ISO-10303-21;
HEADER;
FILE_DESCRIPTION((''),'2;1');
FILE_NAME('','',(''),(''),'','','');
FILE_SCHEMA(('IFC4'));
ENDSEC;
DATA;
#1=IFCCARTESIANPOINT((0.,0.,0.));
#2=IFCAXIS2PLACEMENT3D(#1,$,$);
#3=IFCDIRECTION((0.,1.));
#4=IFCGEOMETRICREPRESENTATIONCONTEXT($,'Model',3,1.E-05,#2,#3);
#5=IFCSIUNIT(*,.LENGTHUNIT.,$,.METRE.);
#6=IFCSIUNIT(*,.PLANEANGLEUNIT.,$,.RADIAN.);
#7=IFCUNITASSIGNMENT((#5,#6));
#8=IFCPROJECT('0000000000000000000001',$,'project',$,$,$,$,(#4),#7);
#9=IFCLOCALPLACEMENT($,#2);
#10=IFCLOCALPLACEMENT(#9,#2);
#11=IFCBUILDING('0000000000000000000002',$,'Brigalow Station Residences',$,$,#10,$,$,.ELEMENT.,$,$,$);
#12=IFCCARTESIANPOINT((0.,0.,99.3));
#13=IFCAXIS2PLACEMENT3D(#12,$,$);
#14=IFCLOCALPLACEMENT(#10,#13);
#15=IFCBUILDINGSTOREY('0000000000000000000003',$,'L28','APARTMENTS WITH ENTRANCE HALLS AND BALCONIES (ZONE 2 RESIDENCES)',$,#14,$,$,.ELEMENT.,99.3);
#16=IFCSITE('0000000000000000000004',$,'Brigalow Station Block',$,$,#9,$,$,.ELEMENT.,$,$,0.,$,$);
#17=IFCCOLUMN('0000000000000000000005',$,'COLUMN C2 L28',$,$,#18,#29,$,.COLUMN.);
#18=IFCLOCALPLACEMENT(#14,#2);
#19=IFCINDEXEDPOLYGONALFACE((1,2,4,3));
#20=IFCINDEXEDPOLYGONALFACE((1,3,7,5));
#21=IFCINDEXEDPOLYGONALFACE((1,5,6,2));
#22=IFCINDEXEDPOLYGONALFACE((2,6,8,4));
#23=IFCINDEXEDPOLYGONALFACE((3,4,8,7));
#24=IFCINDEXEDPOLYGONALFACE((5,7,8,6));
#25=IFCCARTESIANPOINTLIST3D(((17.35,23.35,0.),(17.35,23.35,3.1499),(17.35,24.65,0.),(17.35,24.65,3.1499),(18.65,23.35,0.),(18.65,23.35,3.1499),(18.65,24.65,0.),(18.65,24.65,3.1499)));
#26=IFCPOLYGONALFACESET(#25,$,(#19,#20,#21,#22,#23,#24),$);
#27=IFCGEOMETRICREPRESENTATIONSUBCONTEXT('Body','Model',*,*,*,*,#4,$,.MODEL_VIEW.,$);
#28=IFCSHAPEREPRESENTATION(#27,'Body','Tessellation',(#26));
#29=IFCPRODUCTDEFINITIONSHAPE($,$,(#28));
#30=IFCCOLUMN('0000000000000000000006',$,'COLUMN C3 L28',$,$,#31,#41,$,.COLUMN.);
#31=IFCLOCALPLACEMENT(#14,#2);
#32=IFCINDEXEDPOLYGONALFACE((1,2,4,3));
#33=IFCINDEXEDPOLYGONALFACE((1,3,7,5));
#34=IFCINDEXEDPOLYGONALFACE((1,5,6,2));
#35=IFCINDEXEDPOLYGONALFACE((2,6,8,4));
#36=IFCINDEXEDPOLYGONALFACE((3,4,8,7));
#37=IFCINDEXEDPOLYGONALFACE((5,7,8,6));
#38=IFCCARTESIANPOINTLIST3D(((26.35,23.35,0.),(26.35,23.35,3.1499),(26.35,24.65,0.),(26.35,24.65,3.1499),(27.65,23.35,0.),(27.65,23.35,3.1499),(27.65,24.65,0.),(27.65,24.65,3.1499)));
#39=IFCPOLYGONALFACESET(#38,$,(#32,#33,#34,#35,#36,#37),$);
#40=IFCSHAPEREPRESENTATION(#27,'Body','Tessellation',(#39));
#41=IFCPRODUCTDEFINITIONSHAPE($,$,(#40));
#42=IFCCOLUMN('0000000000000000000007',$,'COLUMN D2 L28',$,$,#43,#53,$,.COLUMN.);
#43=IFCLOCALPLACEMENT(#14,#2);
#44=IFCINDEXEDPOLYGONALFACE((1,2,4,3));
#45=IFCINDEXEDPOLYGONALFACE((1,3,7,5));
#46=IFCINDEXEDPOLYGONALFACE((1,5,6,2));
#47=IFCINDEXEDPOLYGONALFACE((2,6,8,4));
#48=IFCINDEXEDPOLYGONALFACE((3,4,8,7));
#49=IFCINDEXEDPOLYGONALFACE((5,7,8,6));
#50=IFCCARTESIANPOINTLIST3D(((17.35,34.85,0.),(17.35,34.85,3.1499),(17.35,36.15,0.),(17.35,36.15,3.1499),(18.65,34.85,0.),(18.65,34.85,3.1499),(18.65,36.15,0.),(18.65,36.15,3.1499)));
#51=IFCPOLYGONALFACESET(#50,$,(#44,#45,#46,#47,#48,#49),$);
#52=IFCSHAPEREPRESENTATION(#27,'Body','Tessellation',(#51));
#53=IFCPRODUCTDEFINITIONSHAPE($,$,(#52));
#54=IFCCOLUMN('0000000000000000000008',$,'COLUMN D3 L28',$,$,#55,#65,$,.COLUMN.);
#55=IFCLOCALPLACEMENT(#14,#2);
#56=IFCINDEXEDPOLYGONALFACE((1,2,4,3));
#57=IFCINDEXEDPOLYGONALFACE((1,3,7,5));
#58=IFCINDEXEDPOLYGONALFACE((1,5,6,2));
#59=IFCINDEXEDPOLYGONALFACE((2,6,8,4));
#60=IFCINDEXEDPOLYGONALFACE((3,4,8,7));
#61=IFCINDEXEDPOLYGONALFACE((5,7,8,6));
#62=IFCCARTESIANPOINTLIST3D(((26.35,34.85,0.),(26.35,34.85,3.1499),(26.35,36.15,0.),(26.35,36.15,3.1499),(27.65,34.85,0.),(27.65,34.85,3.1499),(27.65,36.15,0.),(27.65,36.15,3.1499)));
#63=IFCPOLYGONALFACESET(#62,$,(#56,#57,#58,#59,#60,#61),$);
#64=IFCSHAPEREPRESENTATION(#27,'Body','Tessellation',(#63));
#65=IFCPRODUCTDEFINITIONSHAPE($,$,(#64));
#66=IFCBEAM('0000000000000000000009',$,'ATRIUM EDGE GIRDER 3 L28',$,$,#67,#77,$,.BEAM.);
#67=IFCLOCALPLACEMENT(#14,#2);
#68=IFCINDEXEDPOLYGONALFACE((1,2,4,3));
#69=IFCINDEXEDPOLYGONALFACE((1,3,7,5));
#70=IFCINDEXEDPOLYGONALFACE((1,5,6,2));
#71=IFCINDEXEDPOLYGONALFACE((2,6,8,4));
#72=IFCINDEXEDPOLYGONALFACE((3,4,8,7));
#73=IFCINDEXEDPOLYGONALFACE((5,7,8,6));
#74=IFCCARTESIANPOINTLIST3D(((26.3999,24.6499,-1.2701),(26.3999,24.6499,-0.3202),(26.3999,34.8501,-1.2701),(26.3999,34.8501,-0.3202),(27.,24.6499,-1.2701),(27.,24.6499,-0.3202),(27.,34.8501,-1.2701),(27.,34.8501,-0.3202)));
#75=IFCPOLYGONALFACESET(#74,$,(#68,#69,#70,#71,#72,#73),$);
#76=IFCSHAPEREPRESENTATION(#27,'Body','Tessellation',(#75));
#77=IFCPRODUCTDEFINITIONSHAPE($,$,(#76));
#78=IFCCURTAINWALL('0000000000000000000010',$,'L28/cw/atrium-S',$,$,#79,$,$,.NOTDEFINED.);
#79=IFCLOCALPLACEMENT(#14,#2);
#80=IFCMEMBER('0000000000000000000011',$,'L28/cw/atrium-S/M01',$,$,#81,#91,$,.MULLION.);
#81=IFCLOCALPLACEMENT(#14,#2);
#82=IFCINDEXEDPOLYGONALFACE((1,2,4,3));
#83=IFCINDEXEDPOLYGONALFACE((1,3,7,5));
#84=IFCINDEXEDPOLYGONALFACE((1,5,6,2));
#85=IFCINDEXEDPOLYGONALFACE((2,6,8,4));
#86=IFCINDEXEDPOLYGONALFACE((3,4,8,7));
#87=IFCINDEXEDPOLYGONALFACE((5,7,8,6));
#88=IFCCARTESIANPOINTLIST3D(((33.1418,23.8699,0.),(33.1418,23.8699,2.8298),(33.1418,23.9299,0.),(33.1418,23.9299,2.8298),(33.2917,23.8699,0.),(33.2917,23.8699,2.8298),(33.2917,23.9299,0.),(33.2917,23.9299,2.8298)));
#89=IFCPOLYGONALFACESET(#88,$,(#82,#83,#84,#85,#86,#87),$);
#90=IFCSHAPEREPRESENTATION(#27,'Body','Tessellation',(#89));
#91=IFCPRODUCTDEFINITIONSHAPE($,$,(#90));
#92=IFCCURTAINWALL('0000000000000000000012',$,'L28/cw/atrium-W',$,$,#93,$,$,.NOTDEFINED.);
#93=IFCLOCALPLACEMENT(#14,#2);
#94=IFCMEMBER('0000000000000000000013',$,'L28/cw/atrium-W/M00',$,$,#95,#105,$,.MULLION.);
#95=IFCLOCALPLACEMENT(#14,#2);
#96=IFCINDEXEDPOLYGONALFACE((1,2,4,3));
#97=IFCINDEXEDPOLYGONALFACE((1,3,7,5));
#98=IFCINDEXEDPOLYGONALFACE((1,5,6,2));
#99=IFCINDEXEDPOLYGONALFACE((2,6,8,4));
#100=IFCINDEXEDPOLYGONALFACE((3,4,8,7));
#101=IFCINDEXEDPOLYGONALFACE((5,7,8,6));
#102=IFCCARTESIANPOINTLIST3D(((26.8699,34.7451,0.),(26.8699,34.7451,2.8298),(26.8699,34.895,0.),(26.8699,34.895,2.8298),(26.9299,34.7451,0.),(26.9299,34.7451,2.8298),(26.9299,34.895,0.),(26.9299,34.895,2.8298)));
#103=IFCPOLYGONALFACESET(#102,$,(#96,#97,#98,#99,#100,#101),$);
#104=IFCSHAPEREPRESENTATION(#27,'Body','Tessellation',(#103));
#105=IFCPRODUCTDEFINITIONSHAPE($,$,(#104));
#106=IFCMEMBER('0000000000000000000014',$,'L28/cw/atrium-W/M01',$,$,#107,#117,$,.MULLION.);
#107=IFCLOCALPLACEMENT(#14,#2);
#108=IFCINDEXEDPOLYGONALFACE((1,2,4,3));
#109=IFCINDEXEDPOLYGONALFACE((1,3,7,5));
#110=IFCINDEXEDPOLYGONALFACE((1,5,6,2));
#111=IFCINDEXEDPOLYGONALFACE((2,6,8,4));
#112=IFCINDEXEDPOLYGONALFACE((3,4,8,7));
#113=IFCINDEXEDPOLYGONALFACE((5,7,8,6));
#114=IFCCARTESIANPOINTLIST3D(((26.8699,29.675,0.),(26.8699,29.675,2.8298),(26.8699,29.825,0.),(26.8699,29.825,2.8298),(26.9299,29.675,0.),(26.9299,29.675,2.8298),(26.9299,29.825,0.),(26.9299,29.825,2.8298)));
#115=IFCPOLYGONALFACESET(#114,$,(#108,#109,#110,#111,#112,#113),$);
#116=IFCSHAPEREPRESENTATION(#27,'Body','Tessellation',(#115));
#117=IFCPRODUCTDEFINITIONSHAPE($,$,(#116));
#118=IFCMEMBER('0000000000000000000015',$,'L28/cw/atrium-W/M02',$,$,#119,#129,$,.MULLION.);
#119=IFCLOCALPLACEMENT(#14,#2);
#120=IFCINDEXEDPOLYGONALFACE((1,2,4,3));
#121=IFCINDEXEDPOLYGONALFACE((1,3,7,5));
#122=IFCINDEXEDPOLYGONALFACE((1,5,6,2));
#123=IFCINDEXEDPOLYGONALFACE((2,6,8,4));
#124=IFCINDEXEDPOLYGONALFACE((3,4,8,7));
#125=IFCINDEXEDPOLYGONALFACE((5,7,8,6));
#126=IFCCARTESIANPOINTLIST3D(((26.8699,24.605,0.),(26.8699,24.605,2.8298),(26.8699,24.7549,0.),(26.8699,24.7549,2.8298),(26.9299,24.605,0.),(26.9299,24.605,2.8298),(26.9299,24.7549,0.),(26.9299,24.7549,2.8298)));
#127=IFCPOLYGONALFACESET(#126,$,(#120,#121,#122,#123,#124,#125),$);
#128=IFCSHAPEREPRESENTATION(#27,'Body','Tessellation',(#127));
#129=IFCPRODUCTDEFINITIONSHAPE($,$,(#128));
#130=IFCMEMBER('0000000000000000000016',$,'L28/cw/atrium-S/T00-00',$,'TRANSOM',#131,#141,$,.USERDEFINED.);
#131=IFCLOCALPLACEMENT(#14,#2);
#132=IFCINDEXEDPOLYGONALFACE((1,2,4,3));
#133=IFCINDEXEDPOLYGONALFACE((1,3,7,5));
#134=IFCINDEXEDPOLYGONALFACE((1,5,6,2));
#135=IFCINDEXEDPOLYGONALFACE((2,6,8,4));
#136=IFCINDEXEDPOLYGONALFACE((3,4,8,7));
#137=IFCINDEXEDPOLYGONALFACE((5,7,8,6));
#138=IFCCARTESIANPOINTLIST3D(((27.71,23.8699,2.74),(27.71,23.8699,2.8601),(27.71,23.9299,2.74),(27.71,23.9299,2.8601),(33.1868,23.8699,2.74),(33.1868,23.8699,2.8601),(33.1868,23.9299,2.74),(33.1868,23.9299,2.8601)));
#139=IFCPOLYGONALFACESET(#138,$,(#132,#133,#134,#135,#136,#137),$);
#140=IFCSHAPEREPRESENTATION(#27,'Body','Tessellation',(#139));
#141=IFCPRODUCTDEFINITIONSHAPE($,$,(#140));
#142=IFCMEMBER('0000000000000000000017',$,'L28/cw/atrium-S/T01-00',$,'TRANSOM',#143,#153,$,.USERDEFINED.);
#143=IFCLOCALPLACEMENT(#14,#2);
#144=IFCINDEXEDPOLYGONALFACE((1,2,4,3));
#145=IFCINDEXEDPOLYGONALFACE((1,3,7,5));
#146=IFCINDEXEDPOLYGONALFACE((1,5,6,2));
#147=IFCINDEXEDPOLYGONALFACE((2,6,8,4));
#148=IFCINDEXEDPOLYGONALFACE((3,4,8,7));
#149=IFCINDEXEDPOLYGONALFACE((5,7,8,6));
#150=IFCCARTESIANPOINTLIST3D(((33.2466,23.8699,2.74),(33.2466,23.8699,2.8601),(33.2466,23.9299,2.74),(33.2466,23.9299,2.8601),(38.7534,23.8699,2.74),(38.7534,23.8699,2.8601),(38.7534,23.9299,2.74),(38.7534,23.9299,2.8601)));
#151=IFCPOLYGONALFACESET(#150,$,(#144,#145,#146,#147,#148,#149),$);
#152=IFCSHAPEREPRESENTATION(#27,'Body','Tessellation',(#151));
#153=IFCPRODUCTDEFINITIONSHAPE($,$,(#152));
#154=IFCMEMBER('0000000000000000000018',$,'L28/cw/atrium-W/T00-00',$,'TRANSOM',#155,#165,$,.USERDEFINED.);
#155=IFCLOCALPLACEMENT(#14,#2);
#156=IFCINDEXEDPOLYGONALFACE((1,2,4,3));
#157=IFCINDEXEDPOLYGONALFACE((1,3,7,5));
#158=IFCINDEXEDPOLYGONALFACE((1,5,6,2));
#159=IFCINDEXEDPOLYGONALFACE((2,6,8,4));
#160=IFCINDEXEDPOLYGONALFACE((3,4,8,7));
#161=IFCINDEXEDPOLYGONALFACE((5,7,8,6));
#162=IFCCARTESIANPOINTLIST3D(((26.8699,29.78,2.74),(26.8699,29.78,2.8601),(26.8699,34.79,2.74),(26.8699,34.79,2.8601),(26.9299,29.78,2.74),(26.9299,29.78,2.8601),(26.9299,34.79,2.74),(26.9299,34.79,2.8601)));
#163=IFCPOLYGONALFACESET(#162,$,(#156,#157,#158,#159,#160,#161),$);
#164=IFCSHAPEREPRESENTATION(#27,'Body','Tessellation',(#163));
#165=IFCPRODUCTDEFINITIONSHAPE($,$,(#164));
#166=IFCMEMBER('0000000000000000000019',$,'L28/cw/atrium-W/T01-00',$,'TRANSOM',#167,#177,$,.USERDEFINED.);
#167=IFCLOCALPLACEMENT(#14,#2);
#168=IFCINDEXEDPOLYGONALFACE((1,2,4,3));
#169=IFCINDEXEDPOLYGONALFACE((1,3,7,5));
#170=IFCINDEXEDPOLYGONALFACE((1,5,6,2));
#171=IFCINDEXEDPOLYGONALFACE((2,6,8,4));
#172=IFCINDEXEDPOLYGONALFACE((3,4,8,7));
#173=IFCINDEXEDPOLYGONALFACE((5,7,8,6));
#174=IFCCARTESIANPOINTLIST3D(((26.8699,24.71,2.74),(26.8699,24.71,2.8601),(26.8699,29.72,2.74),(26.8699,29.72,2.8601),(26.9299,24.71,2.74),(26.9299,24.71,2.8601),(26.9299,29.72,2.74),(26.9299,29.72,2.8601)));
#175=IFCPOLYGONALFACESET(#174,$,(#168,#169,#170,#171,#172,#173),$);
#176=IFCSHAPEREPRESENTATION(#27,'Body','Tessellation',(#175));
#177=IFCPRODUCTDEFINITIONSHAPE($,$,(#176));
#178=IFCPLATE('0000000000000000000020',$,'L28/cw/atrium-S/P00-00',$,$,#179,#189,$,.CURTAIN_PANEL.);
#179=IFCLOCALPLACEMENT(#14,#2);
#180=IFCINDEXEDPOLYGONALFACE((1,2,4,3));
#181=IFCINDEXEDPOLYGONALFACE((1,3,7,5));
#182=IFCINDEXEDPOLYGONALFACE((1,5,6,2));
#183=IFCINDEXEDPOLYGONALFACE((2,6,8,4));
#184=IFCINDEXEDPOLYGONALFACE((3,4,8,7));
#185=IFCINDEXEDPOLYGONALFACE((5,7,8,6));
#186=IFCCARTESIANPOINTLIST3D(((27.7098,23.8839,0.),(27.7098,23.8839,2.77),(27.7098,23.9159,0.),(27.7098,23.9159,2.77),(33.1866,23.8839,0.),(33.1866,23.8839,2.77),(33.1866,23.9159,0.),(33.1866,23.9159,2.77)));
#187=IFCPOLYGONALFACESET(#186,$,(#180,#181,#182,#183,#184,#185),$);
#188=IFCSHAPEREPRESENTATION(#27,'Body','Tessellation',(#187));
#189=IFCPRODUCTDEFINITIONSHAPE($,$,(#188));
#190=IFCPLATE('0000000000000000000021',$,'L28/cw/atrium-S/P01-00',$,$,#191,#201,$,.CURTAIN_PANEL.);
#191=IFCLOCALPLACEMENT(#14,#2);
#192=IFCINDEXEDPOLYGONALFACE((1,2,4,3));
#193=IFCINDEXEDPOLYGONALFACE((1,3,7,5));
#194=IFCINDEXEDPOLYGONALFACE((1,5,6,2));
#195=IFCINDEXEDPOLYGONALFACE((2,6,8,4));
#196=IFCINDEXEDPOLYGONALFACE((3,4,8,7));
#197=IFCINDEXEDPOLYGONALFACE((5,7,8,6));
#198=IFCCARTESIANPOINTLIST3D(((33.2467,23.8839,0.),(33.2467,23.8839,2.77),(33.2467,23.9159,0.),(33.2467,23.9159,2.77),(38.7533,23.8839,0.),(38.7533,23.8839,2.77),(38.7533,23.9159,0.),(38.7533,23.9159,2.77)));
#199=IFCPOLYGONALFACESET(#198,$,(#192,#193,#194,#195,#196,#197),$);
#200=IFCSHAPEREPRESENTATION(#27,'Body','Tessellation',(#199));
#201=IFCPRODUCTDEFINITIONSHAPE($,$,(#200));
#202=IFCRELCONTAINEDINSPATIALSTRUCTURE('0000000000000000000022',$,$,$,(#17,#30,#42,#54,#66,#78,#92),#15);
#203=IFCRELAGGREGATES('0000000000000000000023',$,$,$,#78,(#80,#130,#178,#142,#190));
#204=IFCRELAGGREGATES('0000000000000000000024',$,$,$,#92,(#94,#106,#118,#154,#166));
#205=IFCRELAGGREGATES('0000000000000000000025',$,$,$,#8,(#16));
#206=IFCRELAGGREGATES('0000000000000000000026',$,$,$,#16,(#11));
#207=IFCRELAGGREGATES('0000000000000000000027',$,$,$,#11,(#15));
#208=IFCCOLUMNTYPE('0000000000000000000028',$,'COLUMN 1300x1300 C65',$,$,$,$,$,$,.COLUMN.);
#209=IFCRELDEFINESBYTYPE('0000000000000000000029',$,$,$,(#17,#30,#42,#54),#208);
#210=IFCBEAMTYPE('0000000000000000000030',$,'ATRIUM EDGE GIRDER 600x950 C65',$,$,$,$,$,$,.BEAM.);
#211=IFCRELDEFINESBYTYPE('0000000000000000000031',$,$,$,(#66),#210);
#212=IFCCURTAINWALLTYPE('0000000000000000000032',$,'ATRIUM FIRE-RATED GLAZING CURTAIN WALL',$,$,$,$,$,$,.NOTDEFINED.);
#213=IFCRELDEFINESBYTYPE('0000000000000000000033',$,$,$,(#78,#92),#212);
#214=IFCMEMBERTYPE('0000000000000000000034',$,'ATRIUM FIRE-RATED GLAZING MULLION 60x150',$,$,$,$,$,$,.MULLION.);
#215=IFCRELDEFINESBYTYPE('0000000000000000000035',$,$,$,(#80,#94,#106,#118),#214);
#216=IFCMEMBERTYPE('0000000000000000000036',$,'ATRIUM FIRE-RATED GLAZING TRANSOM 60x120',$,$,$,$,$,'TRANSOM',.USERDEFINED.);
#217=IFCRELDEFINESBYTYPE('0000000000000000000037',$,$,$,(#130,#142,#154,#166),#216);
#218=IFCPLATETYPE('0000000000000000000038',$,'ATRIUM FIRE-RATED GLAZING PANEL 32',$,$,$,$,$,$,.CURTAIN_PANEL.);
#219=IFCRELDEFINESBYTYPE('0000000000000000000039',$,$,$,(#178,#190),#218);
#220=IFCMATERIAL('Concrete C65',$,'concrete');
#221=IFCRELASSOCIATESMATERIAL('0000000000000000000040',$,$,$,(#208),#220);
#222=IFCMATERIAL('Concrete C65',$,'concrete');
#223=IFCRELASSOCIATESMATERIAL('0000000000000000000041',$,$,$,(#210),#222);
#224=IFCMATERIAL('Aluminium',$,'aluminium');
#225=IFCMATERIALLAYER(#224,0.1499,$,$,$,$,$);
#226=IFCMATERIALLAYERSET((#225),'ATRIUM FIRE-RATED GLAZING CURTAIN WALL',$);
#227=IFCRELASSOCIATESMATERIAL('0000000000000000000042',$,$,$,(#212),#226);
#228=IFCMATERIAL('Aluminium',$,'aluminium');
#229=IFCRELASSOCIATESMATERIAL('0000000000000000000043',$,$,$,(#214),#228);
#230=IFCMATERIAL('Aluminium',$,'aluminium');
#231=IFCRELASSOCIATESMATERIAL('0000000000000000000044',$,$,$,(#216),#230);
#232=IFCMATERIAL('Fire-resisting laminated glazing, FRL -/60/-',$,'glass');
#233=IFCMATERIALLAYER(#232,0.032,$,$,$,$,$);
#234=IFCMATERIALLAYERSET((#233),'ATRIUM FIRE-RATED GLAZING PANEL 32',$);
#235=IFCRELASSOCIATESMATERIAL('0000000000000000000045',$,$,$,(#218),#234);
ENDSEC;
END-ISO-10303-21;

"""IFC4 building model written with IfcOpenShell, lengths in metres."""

from ifc_helpers import new_model, si_unit, direction, frame, origin, origin_2d, place, context, subcontext, project, spatial, rectangle, extrude, material, layer, layer_set, material_profile, profile_set, type_object, element, aggregate, save


model = new_model("IFC4")

# Units and contexts
model_context = context("Model", 3, precision=1e-05, world=origin(), true_north=direction((0.0, 1.0)))
body_context = subcontext(model_context, "Body", "Model", "MODEL_VIEW")
ifc_project = project(units=[si_unit("LENGTHUNIT", "METRE"), si_unit("PLANEANGLEUNIT", "RADIAN")], contexts=[model_context])

# Site, building, storey
site_placement = place(None, origin())
site = spatial("IfcSite", under=ifc_project, at=site_placement, Name="Brigalow Station Block", CompositionType="ELEMENT", RefElevation=0.0)
building_placement = place(site_placement, origin())
building = spatial("IfcBuilding", under=site, at=building_placement, Name="Brigalow Station Residences", CompositionType="ELEMENT")
storey_placement = place(building_placement, frame((0.0, 0.0, 99.3)))
storey = spatial("IfcBuildingStorey", under=building, at=storey_placement, Name="L28", Description="APARTMENTS WITH ENTRANCE HALLS AND BALCONIES (ZONE 2 RESIDENCES)", CompositionType="ELEMENT", Elevation=99.3)

# Columns
ifc_material_1 = material(Name="Concrete C65", Category="concrete")
ifc_material_profile_1 = material_profile(ifc_material_1, rectangle(XDim=1.3, YDim=1.3, at=origin_2d()), Name="RC1300x1300")
ifc_profile_set_1 = profile_set([ifc_material_profile_1], Name="Concrete C65")
column_type = type_object("IfcColumnType", Name="COLUMN 1300x1300 C65", PredefinedType="COLUMN", material=ifc_profile_set_1)
for number, where, z_axis, x_axis, name in (
    (1, (18.0, 24.0, 0.0), (0.0, 0.0, 1.0), (1.0, 0.0, 0.0), "COLUMN C2 L28"),
    (2, (27.0, 24.0, 0.0), (0.0, 0.0, 1.0), (1.0, 0.0, 0.0), "COLUMN C3 L28"),
    (3, (18.0, 35.5, 0.0), (0.0, 0.0, 1.0), (1.0, 0.0, 0.0), "COLUMN D2 L28"),
    (4, (27.0, 35.5, 0.0), (0.0, 0.0, 1.0), (1.0, 0.0, 0.0), "COLUMN D3 L28"),
):
    element("IfcColumn", number, at=place(storey_placement, frame(where, z_axis=z_axis, x_axis=x_axis)), inside=storey, type_object=column_type, Name=name, PredefinedType="COLUMN", context=body_context, shape_type="SweptSolid", body=[
        extrude(rectangle(XDim=1.3, YDim=1.3, at=origin_2d()), origin(), (0.0, 0.0, 1.0), 3.1499),
    ])

# Beam
ifc_material_2 = material(Name="Concrete C65", Category="concrete")
ifc_material_profile_2 = material_profile(ifc_material_2, rectangle(XDim=0.6001, YDim=0.95, at=origin_2d()), Name="RC600x950")
ifc_profile_set_2 = profile_set([ifc_material_profile_2], Name="Concrete C65")
beam_type = type_object("IfcBeamType", Name="ATRIUM EDGE GIRDER 600x950 C65", PredefinedType="BEAM", material=ifc_profile_set_2)
beam_placement = place(storey_placement, frame((26.7, 24.6499, -0.7952), z_axis=(0.0, 1.0, 0.0), x_axis=(-1.0, 0.0, 0.0)))
element("IfcBeam", 5, at=beam_placement, inside=storey, type_object=beam_type, Name="ATRIUM EDGE GIRDER 3 L28", PredefinedType="BEAM", context=body_context, shape_type="SweptSolid", body=[
    extrude(rectangle(XDim=0.6001, YDim=0.95, at=origin_2d()), origin(), (0.0, 0.0, 1.0), 10.2002),
])

# Curtain wall, member
ifc_material_3 = material(Name="Aluminium", Category="aluminium")
ifc_layer_1 = layer(ifc_material_3, 0.1499)
ifc_layer_set_1 = layer_set([ifc_layer_1], Name="ATRIUM FIRE-RATED GLAZING CURTAIN WALL")
curtain_wall_type = type_object("IfcCurtainWallType", Name="ATRIUM FIRE-RATED GLAZING CURTAIN WALL", PredefinedType="NOTDEFINED", material=ifc_layer_set_1)
curtain_wall_1_placement = place(storey_placement, origin())
curtain_wall_1 = element("IfcCurtainWall", 6, at=curtain_wall_1_placement, inside=storey, type_object=curtain_wall_type, Name="L28/cw/atrium-S", PredefinedType="NOTDEFINED")
ifc_material_4 = material(Name="Aluminium", Category="aluminium")
ifc_material_profile_3 = material_profile(ifc_material_4, rectangle(XDim=0.0601, YDim=0.1499, at=origin_2d()), Name="ATRIUM FIRE-RATED GLAZING MULLION 60x150")
ifc_profile_set_3 = profile_set([ifc_material_profile_3], Name="Aluminium")
member_type_1 = type_object("IfcMemberType", Name="ATRIUM FIRE-RATED GLAZING MULLION 60x150", PredefinedType="MULLION", material=ifc_profile_set_3)
member_1_placement = place(storey_placement, frame((33.2168, 23.8999, 0.0), z_axis=(0.0, 0.0, 1.0), x_axis=(0.0, 1.0, 0.0)))
member_1 = element("IfcMember", 7, at=member_1_placement, type_object=member_type_1, Name="L28/cw/atrium-S/M01", PredefinedType="MULLION", context=body_context, shape_type="SweptSolid", body=[
    extrude(rectangle(XDim=0.0601, YDim=0.1499, at=origin_2d()), origin(), (0.0, 0.0, 1.0), 2.8298),
])

# Curtain wall, members
curtain_wall_2_placement = place(storey_placement, origin())
curtain_wall_2 = element("IfcCurtainWall", 8, at=curtain_wall_2_placement, inside=storey, type_object=curtain_wall_type, Name="L28/cw/atrium-W", PredefinedType="NOTDEFINED")
member_2_placement = place(storey_placement, frame((26.8999, 34.8201, 0.0), z_axis=(0.0, 0.0, 1.0), x_axis=(1.0, 0.0, 0.0)))
member_2 = element("IfcMember", 9, at=member_2_placement, type_object=member_type_1, Name="L28/cw/atrium-W/M00", PredefinedType="MULLION", context=body_context, shape_type="SweptSolid", body=[
    extrude(rectangle(XDim=0.0601, YDim=0.1499, at=origin_2d()), origin(), (0.0, 0.0, 1.0), 2.8298),
])
member_3_placement = place(storey_placement, frame((26.8999, 29.75, 0.0), z_axis=(0.0, 0.0, 1.0), x_axis=(1.0, 0.0, 0.0)))
member_3 = element("IfcMember", 10, at=member_3_placement, type_object=member_type_1, Name="L28/cw/atrium-W/M01", PredefinedType="MULLION", context=body_context, shape_type="SweptSolid", body=[
    extrude(rectangle(XDim=0.0601, YDim=0.1499, at=origin_2d()), origin(), (0.0, 0.0, 1.0), 2.8298),
])
member_4_placement = place(storey_placement, frame((26.8999, 24.6799, 0.0), z_axis=(0.0, 0.0, 1.0), x_axis=(1.0, 0.0, 0.0)))
member_4 = element("IfcMember", 11, at=member_4_placement, type_object=member_type_1, Name="L28/cw/atrium-W/M02", PredefinedType="MULLION", context=body_context, shape_type="SweptSolid", body=[
    extrude(rectangle(XDim=0.0601, YDim=0.1499, at=origin_2d()), origin(), (0.0, 0.0, 1.0), 2.8298),
])

# Members
ifc_material_5 = material(Name="Aluminium", Category="aluminium")
ifc_material_profile_4 = material_profile(ifc_material_5, rectangle(XDim=0.0601, YDim=0.1201, at=origin_2d()), Name="ATRIUM FIRE-RATED GLAZING TRANSOM 60x120")
ifc_profile_set_4 = profile_set([ifc_material_profile_4], Name="Aluminium")
member_type_2 = type_object("IfcMemberType", Name="ATRIUM FIRE-RATED GLAZING TRANSOM 60x120", ElementType="TRANSOM", PredefinedType="USERDEFINED", material=ifc_profile_set_4)
member_5_placement = place(storey_placement, frame((27.71, 23.8999, 2.8), z_axis=(1.0, 0.0, 0.0), x_axis=(0.0, 1.0, 0.0)))
member_5 = element("IfcMember", 12, at=member_5_placement, type_object=member_type_2, Name="L28/cw/atrium-S/T00-00", ObjectType="TRANSOM", PredefinedType="USERDEFINED", context=body_context, shape_type="SweptSolid", body=[
    extrude(rectangle(XDim=0.0601, YDim=0.1201, at=origin_2d()), origin(), (0.0, 0.0, 1.0), 5.4768),
])
member_6_placement = place(storey_placement, frame((33.2466, 23.8999, 2.8), z_axis=(1.0, 0.0, 0.0), x_axis=(0.0, 1.0, 0.0)))
member_6 = element("IfcMember", 13, at=member_6_placement, type_object=member_type_2, Name="L28/cw/atrium-S/T01-00", ObjectType="TRANSOM", PredefinedType="USERDEFINED", context=body_context, shape_type="SweptSolid", body=[
    extrude(rectangle(XDim=0.0601, YDim=0.1201, at=origin_2d()), origin(), (0.0, 0.0, 1.0), 5.5068),
])
member_7_placement = place(storey_placement, frame((26.8999, 34.79, 2.8), z_axis=(0.0, -1.0, 0.0), x_axis=(1.0, 0.0, 0.0)))
member_7 = element("IfcMember", 14, at=member_7_placement, type_object=member_type_2, Name="L28/cw/atrium-W/T00-00", ObjectType="TRANSOM", PredefinedType="USERDEFINED", context=body_context, shape_type="SweptSolid", body=[
    extrude(rectangle(XDim=0.0601, YDim=0.1201, at=origin_2d()), origin(), (0.0, 0.0, 1.0), 5.01),
])
member_8_placement = place(storey_placement, frame((26.8999, 29.72, 2.8), z_axis=(0.0, -1.0, 0.0), x_axis=(1.0, 0.0, 0.0)))
member_8 = element("IfcMember", 15, at=member_8_placement, type_object=member_type_2, Name="L28/cw/atrium-W/T01-00", ObjectType="TRANSOM", PredefinedType="USERDEFINED", context=body_context, shape_type="SweptSolid", body=[
    extrude(rectangle(XDim=0.0601, YDim=0.1201, at=origin_2d()), origin(), (0.0, 0.0, 1.0), 5.01),
])

# Plates
ifc_material_6 = material(Name="Fire-resisting laminated glazing, FRL -/60/-", Category="glass")
ifc_layer_2 = layer(ifc_material_6, 0.032)
ifc_layer_set_2 = layer_set([ifc_layer_2], Name="ATRIUM FIRE-RATED GLAZING PANEL 32")
plate_type = type_object("IfcPlateType", Name="ATRIUM FIRE-RATED GLAZING PANEL 32", PredefinedType="CURTAIN_PANEL", material=ifc_layer_set_2)
plate_1_placement = place(storey_placement, frame((30.4482, 23.8999, 0.0), z_axis=(0.0, 0.0, 1.0), x_axis=(1.0, 0.0, 0.0)))
plate_1 = element("IfcPlate", 16, at=plate_1_placement, type_object=plate_type, Name="L28/cw/atrium-S/P00-00", PredefinedType="CURTAIN_PANEL", context=body_context, shape_type="SweptSolid", body=[
    extrude(rectangle(XDim=5.4768, YDim=0.032, at=origin_2d()), origin(), (0.0, 0.0, 1.0), 2.77),
])
plate_2_placement = place(storey_placement, frame((36.0, 23.8999, 0.0), z_axis=(0.0, 0.0, 1.0), x_axis=(1.0, 0.0, 0.0)))
plate_2 = element("IfcPlate", 17, at=plate_2_placement, type_object=plate_type, Name="L28/cw/atrium-S/P01-00", PredefinedType="CURTAIN_PANEL", context=body_context, shape_type="SweptSolid", body=[
    extrude(rectangle(XDim=5.5066, YDim=0.032, at=origin_2d()), origin(), (0.0, 0.0, 1.0), 2.77),
])
aggregate(curtain_wall_1, [member_1, member_5, plate_1, member_6, plate_2])
aggregate(curtain_wall_2, [member_2, member_3, member_4, member_7, member_8])

save(model, "model.ifc")
